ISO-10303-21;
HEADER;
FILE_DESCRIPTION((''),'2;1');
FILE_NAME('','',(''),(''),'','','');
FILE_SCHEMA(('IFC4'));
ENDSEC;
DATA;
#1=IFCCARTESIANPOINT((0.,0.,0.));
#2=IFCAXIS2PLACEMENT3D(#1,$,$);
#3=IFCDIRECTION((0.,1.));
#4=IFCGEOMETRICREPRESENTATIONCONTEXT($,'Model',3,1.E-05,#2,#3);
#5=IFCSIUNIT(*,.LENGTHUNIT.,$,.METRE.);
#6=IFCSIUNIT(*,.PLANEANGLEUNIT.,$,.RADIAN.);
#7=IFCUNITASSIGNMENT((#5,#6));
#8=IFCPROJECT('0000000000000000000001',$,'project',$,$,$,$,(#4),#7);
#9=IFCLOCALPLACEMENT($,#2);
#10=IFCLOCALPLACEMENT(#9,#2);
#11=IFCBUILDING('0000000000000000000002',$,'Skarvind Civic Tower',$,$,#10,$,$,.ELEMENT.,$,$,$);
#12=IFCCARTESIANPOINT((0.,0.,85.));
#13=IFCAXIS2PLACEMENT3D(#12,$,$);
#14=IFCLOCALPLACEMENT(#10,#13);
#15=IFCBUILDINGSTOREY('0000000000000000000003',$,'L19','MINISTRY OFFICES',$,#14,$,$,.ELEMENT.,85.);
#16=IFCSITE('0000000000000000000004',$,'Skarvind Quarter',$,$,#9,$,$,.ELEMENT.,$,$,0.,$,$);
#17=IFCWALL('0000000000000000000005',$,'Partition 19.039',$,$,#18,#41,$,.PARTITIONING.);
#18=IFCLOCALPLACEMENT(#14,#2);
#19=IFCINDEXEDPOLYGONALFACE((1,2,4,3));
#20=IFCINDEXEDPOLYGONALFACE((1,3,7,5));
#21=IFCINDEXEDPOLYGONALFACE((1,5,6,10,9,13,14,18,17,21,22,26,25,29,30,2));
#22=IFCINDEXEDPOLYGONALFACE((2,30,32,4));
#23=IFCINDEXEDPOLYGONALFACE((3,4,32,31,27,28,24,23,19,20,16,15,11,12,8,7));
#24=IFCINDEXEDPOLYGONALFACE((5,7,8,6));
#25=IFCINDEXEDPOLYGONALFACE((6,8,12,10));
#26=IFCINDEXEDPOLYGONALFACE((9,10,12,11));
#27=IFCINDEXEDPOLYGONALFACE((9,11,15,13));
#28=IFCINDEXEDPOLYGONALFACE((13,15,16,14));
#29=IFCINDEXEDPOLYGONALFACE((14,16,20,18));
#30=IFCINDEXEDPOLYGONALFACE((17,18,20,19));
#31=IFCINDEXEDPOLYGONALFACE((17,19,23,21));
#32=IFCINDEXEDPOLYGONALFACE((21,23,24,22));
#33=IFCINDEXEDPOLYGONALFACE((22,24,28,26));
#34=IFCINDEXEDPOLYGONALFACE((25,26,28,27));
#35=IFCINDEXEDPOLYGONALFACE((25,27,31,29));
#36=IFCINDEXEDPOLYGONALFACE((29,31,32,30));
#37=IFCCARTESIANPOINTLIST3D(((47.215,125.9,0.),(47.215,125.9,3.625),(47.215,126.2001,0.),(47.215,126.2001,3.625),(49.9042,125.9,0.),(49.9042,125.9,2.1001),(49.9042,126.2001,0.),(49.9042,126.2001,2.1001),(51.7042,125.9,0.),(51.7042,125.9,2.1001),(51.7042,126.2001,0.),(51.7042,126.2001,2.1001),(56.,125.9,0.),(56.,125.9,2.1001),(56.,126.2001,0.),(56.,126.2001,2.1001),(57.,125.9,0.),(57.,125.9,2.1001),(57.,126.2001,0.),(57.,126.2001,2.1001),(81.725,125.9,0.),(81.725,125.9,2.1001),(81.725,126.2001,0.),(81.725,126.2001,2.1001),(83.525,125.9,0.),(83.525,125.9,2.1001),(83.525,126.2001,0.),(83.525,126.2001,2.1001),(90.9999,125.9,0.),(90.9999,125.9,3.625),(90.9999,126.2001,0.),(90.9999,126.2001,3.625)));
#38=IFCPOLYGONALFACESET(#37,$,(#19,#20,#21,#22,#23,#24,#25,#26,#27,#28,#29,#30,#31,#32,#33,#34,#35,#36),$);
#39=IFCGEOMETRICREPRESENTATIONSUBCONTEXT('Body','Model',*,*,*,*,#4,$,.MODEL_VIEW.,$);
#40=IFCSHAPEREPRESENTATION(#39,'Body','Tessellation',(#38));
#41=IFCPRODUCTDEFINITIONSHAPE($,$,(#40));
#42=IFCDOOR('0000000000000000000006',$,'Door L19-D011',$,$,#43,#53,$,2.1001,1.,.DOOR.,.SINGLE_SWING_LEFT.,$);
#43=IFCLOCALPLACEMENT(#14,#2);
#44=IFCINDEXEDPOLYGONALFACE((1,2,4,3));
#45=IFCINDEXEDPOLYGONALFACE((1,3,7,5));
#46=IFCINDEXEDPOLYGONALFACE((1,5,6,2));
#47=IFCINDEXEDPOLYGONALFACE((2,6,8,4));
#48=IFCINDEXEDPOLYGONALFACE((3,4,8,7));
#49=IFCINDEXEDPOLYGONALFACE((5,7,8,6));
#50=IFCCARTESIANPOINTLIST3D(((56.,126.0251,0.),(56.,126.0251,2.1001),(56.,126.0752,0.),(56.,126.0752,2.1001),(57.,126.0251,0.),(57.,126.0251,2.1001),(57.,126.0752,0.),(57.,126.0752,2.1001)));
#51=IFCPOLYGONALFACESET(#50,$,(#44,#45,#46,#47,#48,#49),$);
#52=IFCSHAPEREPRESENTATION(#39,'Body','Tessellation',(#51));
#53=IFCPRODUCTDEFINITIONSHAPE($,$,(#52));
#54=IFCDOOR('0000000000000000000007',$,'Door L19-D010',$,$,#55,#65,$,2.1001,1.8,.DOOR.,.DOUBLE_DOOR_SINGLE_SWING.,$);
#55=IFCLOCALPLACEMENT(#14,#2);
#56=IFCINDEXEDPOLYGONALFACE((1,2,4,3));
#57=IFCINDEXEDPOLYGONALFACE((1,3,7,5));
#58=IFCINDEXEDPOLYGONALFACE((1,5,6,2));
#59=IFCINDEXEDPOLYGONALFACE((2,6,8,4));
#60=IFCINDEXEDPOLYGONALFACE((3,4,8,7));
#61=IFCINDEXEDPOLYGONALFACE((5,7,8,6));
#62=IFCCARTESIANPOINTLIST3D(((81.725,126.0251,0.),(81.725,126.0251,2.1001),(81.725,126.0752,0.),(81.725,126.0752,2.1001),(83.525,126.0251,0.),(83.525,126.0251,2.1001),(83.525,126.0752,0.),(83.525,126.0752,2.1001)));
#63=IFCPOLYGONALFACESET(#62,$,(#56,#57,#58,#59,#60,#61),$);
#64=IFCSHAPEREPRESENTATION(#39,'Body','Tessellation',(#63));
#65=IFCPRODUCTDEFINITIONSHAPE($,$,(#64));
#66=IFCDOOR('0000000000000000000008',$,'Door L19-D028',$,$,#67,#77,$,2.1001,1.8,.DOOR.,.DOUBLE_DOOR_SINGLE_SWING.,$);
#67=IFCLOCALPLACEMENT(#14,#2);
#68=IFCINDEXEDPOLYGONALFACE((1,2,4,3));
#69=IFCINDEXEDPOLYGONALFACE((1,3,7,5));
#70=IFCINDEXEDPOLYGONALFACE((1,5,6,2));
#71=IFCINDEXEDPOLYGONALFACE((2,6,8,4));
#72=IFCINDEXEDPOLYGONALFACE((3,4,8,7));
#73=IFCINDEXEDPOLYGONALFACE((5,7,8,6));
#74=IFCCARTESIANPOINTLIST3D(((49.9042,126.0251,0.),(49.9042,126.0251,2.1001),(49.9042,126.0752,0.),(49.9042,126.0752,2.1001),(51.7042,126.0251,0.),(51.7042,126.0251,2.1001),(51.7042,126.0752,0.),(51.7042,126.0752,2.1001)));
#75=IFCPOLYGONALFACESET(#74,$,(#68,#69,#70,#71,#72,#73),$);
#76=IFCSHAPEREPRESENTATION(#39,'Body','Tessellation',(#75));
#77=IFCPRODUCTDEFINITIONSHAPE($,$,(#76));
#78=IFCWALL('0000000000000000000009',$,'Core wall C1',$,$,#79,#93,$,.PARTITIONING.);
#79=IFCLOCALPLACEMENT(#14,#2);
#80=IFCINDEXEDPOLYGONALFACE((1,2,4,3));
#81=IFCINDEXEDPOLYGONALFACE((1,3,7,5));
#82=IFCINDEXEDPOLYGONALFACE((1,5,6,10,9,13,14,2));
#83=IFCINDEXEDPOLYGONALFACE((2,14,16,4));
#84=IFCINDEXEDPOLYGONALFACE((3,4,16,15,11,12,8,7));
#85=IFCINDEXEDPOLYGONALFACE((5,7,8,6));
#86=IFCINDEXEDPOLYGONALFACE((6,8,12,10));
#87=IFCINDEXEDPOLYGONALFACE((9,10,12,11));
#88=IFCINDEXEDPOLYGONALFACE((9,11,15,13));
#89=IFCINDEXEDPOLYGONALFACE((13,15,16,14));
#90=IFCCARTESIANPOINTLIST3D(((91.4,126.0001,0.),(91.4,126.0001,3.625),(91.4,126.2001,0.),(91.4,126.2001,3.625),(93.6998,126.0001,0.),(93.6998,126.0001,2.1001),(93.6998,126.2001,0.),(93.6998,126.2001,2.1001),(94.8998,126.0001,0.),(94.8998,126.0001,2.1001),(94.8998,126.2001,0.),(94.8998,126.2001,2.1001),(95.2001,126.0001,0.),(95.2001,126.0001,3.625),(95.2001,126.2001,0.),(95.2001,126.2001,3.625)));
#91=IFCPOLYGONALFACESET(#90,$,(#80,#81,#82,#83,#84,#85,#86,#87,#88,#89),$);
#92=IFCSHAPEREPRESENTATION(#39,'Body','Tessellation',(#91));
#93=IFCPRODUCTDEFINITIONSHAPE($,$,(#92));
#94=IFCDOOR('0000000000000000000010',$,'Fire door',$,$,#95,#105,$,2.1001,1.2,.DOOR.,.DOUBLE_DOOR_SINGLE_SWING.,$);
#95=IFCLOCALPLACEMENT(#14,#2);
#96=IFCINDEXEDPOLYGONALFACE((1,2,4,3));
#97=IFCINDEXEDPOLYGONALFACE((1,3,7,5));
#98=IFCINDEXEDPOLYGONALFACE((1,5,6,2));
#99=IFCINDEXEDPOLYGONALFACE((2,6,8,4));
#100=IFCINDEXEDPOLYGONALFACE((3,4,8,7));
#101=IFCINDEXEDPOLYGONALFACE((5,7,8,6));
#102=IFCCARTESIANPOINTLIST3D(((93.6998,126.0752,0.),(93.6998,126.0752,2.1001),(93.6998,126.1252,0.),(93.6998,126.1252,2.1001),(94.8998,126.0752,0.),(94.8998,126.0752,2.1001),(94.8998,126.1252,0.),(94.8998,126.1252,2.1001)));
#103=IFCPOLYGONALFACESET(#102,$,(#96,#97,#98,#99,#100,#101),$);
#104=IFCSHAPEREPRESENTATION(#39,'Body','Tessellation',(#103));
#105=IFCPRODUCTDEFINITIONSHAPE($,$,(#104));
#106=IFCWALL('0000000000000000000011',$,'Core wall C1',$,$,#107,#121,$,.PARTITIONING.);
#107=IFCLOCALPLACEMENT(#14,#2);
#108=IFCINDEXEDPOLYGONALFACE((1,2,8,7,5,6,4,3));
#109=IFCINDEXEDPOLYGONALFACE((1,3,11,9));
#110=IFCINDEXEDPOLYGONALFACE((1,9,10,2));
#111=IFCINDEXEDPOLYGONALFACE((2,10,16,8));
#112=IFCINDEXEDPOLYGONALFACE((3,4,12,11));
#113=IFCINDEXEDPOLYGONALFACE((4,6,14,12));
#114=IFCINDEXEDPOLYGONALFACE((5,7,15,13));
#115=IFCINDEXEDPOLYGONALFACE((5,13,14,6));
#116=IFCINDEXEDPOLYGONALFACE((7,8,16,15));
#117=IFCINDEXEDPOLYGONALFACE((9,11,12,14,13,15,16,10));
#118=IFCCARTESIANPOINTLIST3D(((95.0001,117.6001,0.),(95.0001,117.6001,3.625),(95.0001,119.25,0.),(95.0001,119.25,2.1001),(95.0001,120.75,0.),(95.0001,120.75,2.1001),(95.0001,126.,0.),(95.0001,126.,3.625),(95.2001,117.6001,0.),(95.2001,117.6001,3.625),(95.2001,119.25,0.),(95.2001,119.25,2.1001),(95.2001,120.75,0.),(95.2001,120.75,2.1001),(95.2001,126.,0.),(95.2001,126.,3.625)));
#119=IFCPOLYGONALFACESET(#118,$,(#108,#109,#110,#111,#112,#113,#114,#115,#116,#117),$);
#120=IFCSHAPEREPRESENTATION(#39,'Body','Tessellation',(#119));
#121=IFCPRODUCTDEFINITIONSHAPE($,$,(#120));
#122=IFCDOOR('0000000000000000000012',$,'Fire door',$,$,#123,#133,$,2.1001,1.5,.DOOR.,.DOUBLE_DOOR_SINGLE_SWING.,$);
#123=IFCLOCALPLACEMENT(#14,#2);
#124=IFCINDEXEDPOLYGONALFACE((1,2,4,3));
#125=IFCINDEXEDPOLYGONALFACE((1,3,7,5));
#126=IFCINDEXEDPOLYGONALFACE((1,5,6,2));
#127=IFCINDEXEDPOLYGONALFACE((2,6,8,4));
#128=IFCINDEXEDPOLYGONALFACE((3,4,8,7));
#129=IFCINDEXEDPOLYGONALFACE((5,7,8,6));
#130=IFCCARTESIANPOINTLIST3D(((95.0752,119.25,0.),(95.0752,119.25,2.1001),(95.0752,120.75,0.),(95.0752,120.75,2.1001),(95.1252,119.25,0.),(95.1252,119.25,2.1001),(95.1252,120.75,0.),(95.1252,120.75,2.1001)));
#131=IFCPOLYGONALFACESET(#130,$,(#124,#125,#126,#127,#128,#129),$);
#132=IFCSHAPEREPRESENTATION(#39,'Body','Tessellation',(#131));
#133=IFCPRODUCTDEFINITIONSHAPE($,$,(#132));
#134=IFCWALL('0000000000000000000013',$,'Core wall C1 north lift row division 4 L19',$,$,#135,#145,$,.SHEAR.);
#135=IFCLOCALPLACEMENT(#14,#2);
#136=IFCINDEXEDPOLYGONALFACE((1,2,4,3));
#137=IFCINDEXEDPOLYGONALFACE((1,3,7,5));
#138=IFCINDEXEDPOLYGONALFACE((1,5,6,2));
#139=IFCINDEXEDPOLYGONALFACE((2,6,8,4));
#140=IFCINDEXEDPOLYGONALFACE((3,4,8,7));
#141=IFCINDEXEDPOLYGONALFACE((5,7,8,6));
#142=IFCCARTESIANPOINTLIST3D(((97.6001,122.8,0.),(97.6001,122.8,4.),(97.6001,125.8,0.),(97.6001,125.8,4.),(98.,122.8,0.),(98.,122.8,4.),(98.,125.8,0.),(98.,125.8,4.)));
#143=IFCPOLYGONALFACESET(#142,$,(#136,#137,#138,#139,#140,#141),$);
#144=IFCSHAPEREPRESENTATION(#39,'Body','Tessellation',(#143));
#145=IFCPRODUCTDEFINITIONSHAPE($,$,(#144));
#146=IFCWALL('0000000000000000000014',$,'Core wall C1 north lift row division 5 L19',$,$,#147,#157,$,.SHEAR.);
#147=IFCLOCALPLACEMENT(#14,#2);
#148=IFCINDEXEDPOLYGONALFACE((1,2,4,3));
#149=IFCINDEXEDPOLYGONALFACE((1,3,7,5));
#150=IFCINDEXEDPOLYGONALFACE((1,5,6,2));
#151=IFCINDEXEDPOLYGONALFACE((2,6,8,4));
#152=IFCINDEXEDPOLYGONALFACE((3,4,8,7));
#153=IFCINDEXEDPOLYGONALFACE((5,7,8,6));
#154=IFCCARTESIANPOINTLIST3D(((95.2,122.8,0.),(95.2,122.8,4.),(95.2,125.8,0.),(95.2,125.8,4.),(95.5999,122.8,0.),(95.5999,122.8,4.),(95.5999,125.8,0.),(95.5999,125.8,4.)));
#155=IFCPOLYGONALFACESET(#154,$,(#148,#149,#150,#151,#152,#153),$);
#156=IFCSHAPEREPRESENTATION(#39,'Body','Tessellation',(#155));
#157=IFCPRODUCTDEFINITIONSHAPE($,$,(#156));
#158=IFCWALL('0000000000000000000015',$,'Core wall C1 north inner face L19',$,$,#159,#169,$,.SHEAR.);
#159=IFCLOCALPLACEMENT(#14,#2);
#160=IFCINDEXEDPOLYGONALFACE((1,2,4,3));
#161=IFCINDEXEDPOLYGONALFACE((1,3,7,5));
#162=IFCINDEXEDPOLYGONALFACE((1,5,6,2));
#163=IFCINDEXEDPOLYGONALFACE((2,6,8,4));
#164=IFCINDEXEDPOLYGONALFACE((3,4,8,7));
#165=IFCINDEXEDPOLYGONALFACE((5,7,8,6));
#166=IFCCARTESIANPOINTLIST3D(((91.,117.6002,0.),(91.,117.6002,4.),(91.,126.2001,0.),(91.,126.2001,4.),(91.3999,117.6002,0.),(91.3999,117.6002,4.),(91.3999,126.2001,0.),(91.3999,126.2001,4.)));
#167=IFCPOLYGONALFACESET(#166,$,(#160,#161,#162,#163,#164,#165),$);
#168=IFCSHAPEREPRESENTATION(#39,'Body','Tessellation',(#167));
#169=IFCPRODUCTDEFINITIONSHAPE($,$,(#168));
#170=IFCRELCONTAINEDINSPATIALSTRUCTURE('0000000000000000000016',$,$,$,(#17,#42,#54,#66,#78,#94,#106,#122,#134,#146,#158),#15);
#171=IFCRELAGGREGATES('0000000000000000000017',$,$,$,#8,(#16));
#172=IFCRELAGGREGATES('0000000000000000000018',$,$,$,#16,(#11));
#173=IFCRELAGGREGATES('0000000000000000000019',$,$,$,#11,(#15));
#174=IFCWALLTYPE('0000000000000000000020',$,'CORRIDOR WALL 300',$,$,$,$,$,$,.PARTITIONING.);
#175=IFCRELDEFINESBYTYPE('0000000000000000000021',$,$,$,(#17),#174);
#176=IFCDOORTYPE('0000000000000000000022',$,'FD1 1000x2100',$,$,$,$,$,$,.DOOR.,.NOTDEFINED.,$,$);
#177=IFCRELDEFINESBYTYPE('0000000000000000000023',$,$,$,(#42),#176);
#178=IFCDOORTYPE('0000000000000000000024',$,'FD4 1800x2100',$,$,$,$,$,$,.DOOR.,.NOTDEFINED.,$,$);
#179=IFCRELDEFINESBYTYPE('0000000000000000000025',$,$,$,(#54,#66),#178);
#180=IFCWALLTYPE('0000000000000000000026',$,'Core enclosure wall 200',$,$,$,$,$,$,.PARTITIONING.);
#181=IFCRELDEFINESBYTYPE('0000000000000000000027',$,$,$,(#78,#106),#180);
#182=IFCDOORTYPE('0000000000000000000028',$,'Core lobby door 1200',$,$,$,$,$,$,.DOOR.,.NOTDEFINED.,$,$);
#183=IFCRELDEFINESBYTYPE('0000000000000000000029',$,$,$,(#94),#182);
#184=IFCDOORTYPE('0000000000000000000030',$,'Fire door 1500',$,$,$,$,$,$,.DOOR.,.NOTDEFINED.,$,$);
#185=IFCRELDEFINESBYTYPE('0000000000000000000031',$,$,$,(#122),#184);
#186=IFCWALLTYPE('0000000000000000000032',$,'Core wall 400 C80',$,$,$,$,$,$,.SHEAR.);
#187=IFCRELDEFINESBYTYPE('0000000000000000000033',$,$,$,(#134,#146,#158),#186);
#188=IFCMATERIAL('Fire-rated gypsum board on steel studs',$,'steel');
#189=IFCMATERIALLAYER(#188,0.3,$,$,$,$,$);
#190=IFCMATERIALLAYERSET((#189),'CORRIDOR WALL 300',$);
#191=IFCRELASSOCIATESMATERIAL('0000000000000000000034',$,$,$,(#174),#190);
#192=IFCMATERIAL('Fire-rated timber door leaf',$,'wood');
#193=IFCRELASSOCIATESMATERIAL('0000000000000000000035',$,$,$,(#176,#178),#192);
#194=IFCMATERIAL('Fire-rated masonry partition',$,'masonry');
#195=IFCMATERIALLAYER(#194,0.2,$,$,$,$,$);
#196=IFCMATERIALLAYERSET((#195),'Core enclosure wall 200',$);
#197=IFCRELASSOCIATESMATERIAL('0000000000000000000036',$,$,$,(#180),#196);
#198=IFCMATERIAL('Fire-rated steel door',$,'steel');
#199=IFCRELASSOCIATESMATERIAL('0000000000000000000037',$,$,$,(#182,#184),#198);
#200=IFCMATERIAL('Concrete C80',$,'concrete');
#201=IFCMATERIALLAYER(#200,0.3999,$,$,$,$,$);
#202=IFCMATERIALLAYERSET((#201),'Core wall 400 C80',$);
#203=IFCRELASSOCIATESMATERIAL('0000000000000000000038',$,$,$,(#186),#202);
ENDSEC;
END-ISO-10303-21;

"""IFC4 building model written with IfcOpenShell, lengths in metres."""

from ifc_helpers import new_model, si_unit, direction, frame, frame_2d, origin, place, context, subcontext, project, spatial, rectangle, extrude, material, layer, layer_set, type_object, element, fill, save


model = new_model("IFC4")

# Units and contexts
model_context = context("Model", 3, precision=1e-05, world=origin(), true_north=direction((0.0, 1.0)))
body_context = subcontext(model_context, "Body", "Model", "MODEL_VIEW")
ifc_project = project(units=[si_unit("LENGTHUNIT", "METRE"), si_unit("PLANEANGLEUNIT", "RADIAN")], contexts=[model_context])

# Site, building, storey
site_placement = place(None, origin())
site = spatial("IfcSite", under=ifc_project, at=site_placement, Name="Skarvind Quarter", CompositionType="ELEMENT", RefElevation=0.0)
building_placement = place(site_placement, origin())
building = spatial("IfcBuilding", under=site, at=building_placement, Name="Skarvind Civic Tower", CompositionType="ELEMENT")
storey_placement = place(building_placement, frame((0.0, 0.0, 85.0)))
storey = spatial("IfcBuildingStorey", under=building, at=storey_placement, Name="L19", Description="MINISTRY OFFICES", CompositionType="ELEMENT", Elevation=85.0)

# Wall, openings, doors
ifc_material_1 = material(Name="Fire-rated gypsum board on steel studs", Category="steel")
ifc_layer_1 = layer(ifc_material_1, 0.3)
ifc_layer_set_1 = layer_set([ifc_layer_1], Name="CORRIDOR WALL 300")
wall_type_1 = type_object("IfcWallType", Name="CORRIDOR WALL 300", PredefinedType="PARTITIONING", material=ifc_layer_set_1)
wall_1_placement = place(storey_placement, frame((91.0, 126.05, 0.0), z_axis=(0.0, 0.0, 1.0), x_axis=(-1.0, 0.0, 0.0)))
wall_1 = element("IfcWall", 1, at=wall_1_placement, inside=storey, type_object=wall_type_1, Name="Partition 19.039", PredefinedType="PARTITIONING", context=body_context, shape_type="SweptSolid", body=[
    extrude(rectangle(XDim=43.7849, YDim=0.3, at=frame_2d((21.8926, 0.0))), origin(), (0.0, 0.0, 1.0), 3.625),
])
opening_1_placement = place(wall_1_placement, frame((7.4751, 0.0, 0.0)))
opening_1 = element("IfcOpeningElement", 2, at=opening_1_placement, cuts=wall_1, PredefinedType="OPENING", context=body_context, shape_type="SweptSolid", body=[
    extrude(rectangle(XDim=1.8, YDim=2.1001, at=frame_2d((0.8999, 1.05))), frame((0.0, 0.1599, 0.0), z_axis=(0.0, -1.0, 0.0), x_axis=(1.0, 0.0, 0.0)), (0.0, 0.0, 1.0), 0.3201),
])
opening_2_placement = place(wall_1_placement, frame((34.0, 0.0, 0.0)))
opening_2 = element("IfcOpeningElement", 3, at=opening_2_placement, cuts=wall_1, PredefinedType="OPENING", context=body_context, shape_type="SweptSolid", body=[
    extrude(rectangle(XDim=1.0, YDim=2.1001, at=frame_2d((0.5, 1.05))), frame((0.0, 0.1599, 0.0), z_axis=(0.0, -1.0, 0.0), x_axis=(1.0, 0.0, 0.0)), (0.0, 0.0, 1.0), 0.3201),
])
opening_3_placement = place(wall_1_placement, frame((39.2959, 0.0, 0.0)))
opening_3 = element("IfcOpeningElement", 4, at=opening_3_placement, cuts=wall_1, PredefinedType="OPENING", context=body_context, shape_type="SweptSolid", body=[
    extrude(rectangle(XDim=1.8, YDim=2.1001, at=frame_2d((0.8999, 1.05))), frame((0.0, 0.1599, 0.0), z_axis=(0.0, -1.0, 0.0), x_axis=(1.0, 0.0, 0.0)), (0.0, 0.0, 1.0), 0.3201),
])
ifc_material_2 = material(Name="Fire-rated timber door leaf", Category="wood")
door_type_1 = type_object("IfcDoorType", Name="FD1 1000x2100", OperationType="NOTDEFINED", PredefinedType="DOOR", material=ifc_material_2)
door_1_placement = place(opening_2_placement, origin())
door_1 = element("IfcDoor", 5, at=door_1_placement, inside=storey, type_object=door_type_1, Name="Door L19-D011", OperationType="SINGLE_SWING_LEFT", OverallHeight=2.1001, OverallWidth=1.0, PredefinedType="DOOR", context=body_context, shape_type="SweptSolid", body=[
    extrude(rectangle(XDim=1.0, YDim=2.1001, at=frame_2d((0.5, 1.05))), frame((0.0, 0.0249, 0.0), z_axis=(0.0, -1.0, 0.0), x_axis=(1.0, 0.0, 0.0)), (0.0, 0.0, 1.0), 0.05),
])
fill(opening_2, door_1)
door_type_2 = type_object("IfcDoorType", Name="FD4 1800x2100", OperationType="NOTDEFINED", PredefinedType="DOOR", material=ifc_material_2)
door_2_placement = place(opening_1_placement, origin())
door_2 = element("IfcDoor", 6, at=door_2_placement, inside=storey, type_object=door_type_2, Name="Door L19-D010", OperationType="DOUBLE_DOOR_SINGLE_SWING", OverallHeight=2.1001, OverallWidth=1.8, PredefinedType="DOOR", context=body_context, shape_type="SweptSolid", body=[
    extrude(rectangle(XDim=1.8, YDim=2.1001, at=frame_2d((0.8999, 1.05))), frame((0.0, 0.0249, 0.0), z_axis=(0.0, -1.0, 0.0), x_axis=(1.0, 0.0, 0.0)), (0.0, 0.0, 1.0), 0.05),
])
fill(opening_1, door_2)
door_3_placement = place(opening_3_placement, origin())
door_3 = element("IfcDoor", 7, at=door_3_placement, inside=storey, type_object=door_type_2, Name="Door L19-D028", OperationType="DOUBLE_DOOR_SINGLE_SWING", OverallHeight=2.1001, OverallWidth=1.8, PredefinedType="DOOR", context=body_context, shape_type="SweptSolid", body=[
    extrude(rectangle(XDim=1.8, YDim=2.1001, at=frame_2d((0.8999, 1.05))), frame((0.0, 0.0249, 0.0), z_axis=(0.0, -1.0, 0.0), x_axis=(1.0, 0.0, 0.0)), (0.0, 0.0, 1.0), 0.05),
])
fill(opening_3, door_3)

# Walls, openings, doors
ifc_material_3 = material(Name="Fire-rated masonry partition", Category="masonry")
ifc_layer_2 = layer(ifc_material_3, 0.2)
ifc_layer_set_2 = layer_set([ifc_layer_2], Name="Core enclosure wall 200")
wall_type_2 = type_object("IfcWallType", Name="Core enclosure wall 200", PredefinedType="PARTITIONING", material=ifc_layer_set_2)
wall_2_placement = place(storey_placement, frame((95.2, 126.1001, 0.0), z_axis=(0.0, 0.0, 1.0), x_axis=(-1.0, 0.0, 0.0)))
wall_2 = element("IfcWall", 8, at=wall_2_placement, inside=storey, type_object=wall_type_2, Name="Core wall C1", PredefinedType="PARTITIONING", context=body_context, shape_type="SweptSolid", body=[
    extrude(rectangle(XDim=3.8, YDim=0.2, at=frame_2d((1.8999, 0.0))), origin(), (0.0, 0.0, 1.0), 3.625),
])
opening_4_placement = place(wall_2_placement, frame((0.3, 0.0, 0.0)))
opening_4 = element("IfcOpeningElement", 9, at=opening_4_placement, cuts=wall_2, PredefinedType="OPENING", context=body_context, shape_type="SweptSolid", body=[
    extrude(rectangle(XDim=1.2, YDim=2.1001, at=frame_2d((0.6001, 1.05))), frame((0.0, 0.1099, 0.0), z_axis=(0.0, -1.0, 0.0), x_axis=(1.0, 0.0, 0.0)), (0.0, 0.0, 1.0), 0.22),
])
ifc_material_4 = material(Name="Fire-rated steel door", Category="steel")
door_type_3 = type_object("IfcDoorType", Name="Core lobby door 1200", OperationType="NOTDEFINED", PredefinedType="DOOR", material=ifc_material_4)
door_4_placement = place(opening_4_placement, origin())
door_4 = element("IfcDoor", 10, at=door_4_placement, inside=storey, type_object=door_type_3, Name="Fire door", OperationType="DOUBLE_DOOR_SINGLE_SWING", OverallHeight=2.1001, OverallWidth=1.2, PredefinedType="DOOR", context=body_context, shape_type="SweptSolid", body=[
    extrude(rectangle(XDim=1.2, YDim=2.1001, at=frame_2d((0.6001, 1.05))), frame((0.0, 0.0249, 0.0), z_axis=(0.0, -1.0, 0.0), x_axis=(1.0, 0.0, 0.0)), (0.0, 0.0, 1.0), 0.05),
])
fill(opening_4, door_4)
wall_3_placement = place(storey_placement, frame((95.1001, 117.6001, 0.0), z_axis=(0.0, 0.0, 1.0), x_axis=(0.0, 1.0, 0.0)))
wall_3 = element("IfcWall", 11, at=wall_3_placement, inside=storey, type_object=wall_type_2, Name="Core wall C1", PredefinedType="PARTITIONING", context=body_context, shape_type="SweptSolid", body=[
    extrude(rectangle(XDim=8.3999, YDim=0.2, at=frame_2d((4.2, 0.0))), origin(), (0.0, 0.0, 1.0), 3.625),
])
opening_5_placement = place(wall_3_placement, frame((1.6499, 0.0, 0.0)))
opening_5 = element("IfcOpeningElement", 12, at=opening_5_placement, cuts=wall_3, PredefinedType="OPENING", context=body_context, shape_type="SweptSolid", body=[
    extrude(rectangle(XDim=1.5, YDim=2.1001, at=frame_2d((0.75, 1.05))), frame((0.0, 0.1099, 0.0), z_axis=(0.0, -1.0, 0.0), x_axis=(1.0, 0.0, 0.0)), (0.0, 0.0, 1.0), 0.22),
])
door_type_4 = type_object("IfcDoorType", Name="Fire door 1500", OperationType="NOTDEFINED", PredefinedType="DOOR", material=ifc_material_4)
door_5_placement = place(opening_5_placement, origin())
door_5 = element("IfcDoor", 13, at=door_5_placement, inside=storey, type_object=door_type_4, Name="Fire door", OperationType="DOUBLE_DOOR_SINGLE_SWING", OverallHeight=2.1001, OverallWidth=1.5, PredefinedType="DOOR", context=body_context, shape_type="SweptSolid", body=[
    extrude(rectangle(XDim=1.5, YDim=2.1001, at=frame_2d((0.75, 1.05))), frame((0.0, 0.0249, 0.0), z_axis=(0.0, -1.0, 0.0), x_axis=(1.0, 0.0, 0.0)), (0.0, 0.0, 1.0), 0.05),
])
fill(opening_5, door_5)

# Walls
ifc_material_5 = material(Name="Concrete C80", Category="concrete")
ifc_layer_3 = layer(ifc_material_5, 0.3999)
ifc_layer_set_3 = layer_set([ifc_layer_3], Name="Core wall 400 C80")
wall_type_3 = type_object("IfcWallType", Name="Core wall 400 C80", PredefinedType="SHEAR", material=ifc_layer_set_3)
for number, where, z_axis, x_axis, name in (
    (14, (97.8, 125.8, 0.0), (0.0, 0.0, 1.0), (0.0, -1.0, 0.0), "Core wall C1 north lift row division 4 L19"),
    (15, (95.3999, 125.8, 0.0), (0.0, 0.0, 1.0), (0.0, -1.0, 0.0), "Core wall C1 north lift row division 5 L19"),
):
    element("IfcWall", number, at=place(storey_placement, frame(where, z_axis=z_axis, x_axis=x_axis)), inside=storey, type_object=wall_type_3, Name=name, PredefinedType="SHEAR", context=body_context, shape_type="SweptSolid", body=[
        extrude(rectangle(XDim=3.0, YDim=0.3999, at=frame_2d((1.5, 0.0))), origin(), (0.0, 0.0, 1.0), 4.0),
    ])
wall_4_placement = place(storey_placement, frame((91.2, 126.2, 0.0), z_axis=(0.0, 0.0, 1.0), x_axis=(0.0, -1.0, 0.0)))
element("IfcWall", 16, at=wall_4_placement, inside=storey, type_object=wall_type_3, Name="Core wall C1 north inner face L19", PredefinedType="SHEAR", context=body_context, shape_type="SweptSolid", body=[
    extrude(rectangle(XDim=8.5999, YDim=0.3999, at=frame_2d((4.2998, 0.0))), origin(), (0.0, 0.0, 1.0), 4.0),
])

save(model, "model.ifc")
